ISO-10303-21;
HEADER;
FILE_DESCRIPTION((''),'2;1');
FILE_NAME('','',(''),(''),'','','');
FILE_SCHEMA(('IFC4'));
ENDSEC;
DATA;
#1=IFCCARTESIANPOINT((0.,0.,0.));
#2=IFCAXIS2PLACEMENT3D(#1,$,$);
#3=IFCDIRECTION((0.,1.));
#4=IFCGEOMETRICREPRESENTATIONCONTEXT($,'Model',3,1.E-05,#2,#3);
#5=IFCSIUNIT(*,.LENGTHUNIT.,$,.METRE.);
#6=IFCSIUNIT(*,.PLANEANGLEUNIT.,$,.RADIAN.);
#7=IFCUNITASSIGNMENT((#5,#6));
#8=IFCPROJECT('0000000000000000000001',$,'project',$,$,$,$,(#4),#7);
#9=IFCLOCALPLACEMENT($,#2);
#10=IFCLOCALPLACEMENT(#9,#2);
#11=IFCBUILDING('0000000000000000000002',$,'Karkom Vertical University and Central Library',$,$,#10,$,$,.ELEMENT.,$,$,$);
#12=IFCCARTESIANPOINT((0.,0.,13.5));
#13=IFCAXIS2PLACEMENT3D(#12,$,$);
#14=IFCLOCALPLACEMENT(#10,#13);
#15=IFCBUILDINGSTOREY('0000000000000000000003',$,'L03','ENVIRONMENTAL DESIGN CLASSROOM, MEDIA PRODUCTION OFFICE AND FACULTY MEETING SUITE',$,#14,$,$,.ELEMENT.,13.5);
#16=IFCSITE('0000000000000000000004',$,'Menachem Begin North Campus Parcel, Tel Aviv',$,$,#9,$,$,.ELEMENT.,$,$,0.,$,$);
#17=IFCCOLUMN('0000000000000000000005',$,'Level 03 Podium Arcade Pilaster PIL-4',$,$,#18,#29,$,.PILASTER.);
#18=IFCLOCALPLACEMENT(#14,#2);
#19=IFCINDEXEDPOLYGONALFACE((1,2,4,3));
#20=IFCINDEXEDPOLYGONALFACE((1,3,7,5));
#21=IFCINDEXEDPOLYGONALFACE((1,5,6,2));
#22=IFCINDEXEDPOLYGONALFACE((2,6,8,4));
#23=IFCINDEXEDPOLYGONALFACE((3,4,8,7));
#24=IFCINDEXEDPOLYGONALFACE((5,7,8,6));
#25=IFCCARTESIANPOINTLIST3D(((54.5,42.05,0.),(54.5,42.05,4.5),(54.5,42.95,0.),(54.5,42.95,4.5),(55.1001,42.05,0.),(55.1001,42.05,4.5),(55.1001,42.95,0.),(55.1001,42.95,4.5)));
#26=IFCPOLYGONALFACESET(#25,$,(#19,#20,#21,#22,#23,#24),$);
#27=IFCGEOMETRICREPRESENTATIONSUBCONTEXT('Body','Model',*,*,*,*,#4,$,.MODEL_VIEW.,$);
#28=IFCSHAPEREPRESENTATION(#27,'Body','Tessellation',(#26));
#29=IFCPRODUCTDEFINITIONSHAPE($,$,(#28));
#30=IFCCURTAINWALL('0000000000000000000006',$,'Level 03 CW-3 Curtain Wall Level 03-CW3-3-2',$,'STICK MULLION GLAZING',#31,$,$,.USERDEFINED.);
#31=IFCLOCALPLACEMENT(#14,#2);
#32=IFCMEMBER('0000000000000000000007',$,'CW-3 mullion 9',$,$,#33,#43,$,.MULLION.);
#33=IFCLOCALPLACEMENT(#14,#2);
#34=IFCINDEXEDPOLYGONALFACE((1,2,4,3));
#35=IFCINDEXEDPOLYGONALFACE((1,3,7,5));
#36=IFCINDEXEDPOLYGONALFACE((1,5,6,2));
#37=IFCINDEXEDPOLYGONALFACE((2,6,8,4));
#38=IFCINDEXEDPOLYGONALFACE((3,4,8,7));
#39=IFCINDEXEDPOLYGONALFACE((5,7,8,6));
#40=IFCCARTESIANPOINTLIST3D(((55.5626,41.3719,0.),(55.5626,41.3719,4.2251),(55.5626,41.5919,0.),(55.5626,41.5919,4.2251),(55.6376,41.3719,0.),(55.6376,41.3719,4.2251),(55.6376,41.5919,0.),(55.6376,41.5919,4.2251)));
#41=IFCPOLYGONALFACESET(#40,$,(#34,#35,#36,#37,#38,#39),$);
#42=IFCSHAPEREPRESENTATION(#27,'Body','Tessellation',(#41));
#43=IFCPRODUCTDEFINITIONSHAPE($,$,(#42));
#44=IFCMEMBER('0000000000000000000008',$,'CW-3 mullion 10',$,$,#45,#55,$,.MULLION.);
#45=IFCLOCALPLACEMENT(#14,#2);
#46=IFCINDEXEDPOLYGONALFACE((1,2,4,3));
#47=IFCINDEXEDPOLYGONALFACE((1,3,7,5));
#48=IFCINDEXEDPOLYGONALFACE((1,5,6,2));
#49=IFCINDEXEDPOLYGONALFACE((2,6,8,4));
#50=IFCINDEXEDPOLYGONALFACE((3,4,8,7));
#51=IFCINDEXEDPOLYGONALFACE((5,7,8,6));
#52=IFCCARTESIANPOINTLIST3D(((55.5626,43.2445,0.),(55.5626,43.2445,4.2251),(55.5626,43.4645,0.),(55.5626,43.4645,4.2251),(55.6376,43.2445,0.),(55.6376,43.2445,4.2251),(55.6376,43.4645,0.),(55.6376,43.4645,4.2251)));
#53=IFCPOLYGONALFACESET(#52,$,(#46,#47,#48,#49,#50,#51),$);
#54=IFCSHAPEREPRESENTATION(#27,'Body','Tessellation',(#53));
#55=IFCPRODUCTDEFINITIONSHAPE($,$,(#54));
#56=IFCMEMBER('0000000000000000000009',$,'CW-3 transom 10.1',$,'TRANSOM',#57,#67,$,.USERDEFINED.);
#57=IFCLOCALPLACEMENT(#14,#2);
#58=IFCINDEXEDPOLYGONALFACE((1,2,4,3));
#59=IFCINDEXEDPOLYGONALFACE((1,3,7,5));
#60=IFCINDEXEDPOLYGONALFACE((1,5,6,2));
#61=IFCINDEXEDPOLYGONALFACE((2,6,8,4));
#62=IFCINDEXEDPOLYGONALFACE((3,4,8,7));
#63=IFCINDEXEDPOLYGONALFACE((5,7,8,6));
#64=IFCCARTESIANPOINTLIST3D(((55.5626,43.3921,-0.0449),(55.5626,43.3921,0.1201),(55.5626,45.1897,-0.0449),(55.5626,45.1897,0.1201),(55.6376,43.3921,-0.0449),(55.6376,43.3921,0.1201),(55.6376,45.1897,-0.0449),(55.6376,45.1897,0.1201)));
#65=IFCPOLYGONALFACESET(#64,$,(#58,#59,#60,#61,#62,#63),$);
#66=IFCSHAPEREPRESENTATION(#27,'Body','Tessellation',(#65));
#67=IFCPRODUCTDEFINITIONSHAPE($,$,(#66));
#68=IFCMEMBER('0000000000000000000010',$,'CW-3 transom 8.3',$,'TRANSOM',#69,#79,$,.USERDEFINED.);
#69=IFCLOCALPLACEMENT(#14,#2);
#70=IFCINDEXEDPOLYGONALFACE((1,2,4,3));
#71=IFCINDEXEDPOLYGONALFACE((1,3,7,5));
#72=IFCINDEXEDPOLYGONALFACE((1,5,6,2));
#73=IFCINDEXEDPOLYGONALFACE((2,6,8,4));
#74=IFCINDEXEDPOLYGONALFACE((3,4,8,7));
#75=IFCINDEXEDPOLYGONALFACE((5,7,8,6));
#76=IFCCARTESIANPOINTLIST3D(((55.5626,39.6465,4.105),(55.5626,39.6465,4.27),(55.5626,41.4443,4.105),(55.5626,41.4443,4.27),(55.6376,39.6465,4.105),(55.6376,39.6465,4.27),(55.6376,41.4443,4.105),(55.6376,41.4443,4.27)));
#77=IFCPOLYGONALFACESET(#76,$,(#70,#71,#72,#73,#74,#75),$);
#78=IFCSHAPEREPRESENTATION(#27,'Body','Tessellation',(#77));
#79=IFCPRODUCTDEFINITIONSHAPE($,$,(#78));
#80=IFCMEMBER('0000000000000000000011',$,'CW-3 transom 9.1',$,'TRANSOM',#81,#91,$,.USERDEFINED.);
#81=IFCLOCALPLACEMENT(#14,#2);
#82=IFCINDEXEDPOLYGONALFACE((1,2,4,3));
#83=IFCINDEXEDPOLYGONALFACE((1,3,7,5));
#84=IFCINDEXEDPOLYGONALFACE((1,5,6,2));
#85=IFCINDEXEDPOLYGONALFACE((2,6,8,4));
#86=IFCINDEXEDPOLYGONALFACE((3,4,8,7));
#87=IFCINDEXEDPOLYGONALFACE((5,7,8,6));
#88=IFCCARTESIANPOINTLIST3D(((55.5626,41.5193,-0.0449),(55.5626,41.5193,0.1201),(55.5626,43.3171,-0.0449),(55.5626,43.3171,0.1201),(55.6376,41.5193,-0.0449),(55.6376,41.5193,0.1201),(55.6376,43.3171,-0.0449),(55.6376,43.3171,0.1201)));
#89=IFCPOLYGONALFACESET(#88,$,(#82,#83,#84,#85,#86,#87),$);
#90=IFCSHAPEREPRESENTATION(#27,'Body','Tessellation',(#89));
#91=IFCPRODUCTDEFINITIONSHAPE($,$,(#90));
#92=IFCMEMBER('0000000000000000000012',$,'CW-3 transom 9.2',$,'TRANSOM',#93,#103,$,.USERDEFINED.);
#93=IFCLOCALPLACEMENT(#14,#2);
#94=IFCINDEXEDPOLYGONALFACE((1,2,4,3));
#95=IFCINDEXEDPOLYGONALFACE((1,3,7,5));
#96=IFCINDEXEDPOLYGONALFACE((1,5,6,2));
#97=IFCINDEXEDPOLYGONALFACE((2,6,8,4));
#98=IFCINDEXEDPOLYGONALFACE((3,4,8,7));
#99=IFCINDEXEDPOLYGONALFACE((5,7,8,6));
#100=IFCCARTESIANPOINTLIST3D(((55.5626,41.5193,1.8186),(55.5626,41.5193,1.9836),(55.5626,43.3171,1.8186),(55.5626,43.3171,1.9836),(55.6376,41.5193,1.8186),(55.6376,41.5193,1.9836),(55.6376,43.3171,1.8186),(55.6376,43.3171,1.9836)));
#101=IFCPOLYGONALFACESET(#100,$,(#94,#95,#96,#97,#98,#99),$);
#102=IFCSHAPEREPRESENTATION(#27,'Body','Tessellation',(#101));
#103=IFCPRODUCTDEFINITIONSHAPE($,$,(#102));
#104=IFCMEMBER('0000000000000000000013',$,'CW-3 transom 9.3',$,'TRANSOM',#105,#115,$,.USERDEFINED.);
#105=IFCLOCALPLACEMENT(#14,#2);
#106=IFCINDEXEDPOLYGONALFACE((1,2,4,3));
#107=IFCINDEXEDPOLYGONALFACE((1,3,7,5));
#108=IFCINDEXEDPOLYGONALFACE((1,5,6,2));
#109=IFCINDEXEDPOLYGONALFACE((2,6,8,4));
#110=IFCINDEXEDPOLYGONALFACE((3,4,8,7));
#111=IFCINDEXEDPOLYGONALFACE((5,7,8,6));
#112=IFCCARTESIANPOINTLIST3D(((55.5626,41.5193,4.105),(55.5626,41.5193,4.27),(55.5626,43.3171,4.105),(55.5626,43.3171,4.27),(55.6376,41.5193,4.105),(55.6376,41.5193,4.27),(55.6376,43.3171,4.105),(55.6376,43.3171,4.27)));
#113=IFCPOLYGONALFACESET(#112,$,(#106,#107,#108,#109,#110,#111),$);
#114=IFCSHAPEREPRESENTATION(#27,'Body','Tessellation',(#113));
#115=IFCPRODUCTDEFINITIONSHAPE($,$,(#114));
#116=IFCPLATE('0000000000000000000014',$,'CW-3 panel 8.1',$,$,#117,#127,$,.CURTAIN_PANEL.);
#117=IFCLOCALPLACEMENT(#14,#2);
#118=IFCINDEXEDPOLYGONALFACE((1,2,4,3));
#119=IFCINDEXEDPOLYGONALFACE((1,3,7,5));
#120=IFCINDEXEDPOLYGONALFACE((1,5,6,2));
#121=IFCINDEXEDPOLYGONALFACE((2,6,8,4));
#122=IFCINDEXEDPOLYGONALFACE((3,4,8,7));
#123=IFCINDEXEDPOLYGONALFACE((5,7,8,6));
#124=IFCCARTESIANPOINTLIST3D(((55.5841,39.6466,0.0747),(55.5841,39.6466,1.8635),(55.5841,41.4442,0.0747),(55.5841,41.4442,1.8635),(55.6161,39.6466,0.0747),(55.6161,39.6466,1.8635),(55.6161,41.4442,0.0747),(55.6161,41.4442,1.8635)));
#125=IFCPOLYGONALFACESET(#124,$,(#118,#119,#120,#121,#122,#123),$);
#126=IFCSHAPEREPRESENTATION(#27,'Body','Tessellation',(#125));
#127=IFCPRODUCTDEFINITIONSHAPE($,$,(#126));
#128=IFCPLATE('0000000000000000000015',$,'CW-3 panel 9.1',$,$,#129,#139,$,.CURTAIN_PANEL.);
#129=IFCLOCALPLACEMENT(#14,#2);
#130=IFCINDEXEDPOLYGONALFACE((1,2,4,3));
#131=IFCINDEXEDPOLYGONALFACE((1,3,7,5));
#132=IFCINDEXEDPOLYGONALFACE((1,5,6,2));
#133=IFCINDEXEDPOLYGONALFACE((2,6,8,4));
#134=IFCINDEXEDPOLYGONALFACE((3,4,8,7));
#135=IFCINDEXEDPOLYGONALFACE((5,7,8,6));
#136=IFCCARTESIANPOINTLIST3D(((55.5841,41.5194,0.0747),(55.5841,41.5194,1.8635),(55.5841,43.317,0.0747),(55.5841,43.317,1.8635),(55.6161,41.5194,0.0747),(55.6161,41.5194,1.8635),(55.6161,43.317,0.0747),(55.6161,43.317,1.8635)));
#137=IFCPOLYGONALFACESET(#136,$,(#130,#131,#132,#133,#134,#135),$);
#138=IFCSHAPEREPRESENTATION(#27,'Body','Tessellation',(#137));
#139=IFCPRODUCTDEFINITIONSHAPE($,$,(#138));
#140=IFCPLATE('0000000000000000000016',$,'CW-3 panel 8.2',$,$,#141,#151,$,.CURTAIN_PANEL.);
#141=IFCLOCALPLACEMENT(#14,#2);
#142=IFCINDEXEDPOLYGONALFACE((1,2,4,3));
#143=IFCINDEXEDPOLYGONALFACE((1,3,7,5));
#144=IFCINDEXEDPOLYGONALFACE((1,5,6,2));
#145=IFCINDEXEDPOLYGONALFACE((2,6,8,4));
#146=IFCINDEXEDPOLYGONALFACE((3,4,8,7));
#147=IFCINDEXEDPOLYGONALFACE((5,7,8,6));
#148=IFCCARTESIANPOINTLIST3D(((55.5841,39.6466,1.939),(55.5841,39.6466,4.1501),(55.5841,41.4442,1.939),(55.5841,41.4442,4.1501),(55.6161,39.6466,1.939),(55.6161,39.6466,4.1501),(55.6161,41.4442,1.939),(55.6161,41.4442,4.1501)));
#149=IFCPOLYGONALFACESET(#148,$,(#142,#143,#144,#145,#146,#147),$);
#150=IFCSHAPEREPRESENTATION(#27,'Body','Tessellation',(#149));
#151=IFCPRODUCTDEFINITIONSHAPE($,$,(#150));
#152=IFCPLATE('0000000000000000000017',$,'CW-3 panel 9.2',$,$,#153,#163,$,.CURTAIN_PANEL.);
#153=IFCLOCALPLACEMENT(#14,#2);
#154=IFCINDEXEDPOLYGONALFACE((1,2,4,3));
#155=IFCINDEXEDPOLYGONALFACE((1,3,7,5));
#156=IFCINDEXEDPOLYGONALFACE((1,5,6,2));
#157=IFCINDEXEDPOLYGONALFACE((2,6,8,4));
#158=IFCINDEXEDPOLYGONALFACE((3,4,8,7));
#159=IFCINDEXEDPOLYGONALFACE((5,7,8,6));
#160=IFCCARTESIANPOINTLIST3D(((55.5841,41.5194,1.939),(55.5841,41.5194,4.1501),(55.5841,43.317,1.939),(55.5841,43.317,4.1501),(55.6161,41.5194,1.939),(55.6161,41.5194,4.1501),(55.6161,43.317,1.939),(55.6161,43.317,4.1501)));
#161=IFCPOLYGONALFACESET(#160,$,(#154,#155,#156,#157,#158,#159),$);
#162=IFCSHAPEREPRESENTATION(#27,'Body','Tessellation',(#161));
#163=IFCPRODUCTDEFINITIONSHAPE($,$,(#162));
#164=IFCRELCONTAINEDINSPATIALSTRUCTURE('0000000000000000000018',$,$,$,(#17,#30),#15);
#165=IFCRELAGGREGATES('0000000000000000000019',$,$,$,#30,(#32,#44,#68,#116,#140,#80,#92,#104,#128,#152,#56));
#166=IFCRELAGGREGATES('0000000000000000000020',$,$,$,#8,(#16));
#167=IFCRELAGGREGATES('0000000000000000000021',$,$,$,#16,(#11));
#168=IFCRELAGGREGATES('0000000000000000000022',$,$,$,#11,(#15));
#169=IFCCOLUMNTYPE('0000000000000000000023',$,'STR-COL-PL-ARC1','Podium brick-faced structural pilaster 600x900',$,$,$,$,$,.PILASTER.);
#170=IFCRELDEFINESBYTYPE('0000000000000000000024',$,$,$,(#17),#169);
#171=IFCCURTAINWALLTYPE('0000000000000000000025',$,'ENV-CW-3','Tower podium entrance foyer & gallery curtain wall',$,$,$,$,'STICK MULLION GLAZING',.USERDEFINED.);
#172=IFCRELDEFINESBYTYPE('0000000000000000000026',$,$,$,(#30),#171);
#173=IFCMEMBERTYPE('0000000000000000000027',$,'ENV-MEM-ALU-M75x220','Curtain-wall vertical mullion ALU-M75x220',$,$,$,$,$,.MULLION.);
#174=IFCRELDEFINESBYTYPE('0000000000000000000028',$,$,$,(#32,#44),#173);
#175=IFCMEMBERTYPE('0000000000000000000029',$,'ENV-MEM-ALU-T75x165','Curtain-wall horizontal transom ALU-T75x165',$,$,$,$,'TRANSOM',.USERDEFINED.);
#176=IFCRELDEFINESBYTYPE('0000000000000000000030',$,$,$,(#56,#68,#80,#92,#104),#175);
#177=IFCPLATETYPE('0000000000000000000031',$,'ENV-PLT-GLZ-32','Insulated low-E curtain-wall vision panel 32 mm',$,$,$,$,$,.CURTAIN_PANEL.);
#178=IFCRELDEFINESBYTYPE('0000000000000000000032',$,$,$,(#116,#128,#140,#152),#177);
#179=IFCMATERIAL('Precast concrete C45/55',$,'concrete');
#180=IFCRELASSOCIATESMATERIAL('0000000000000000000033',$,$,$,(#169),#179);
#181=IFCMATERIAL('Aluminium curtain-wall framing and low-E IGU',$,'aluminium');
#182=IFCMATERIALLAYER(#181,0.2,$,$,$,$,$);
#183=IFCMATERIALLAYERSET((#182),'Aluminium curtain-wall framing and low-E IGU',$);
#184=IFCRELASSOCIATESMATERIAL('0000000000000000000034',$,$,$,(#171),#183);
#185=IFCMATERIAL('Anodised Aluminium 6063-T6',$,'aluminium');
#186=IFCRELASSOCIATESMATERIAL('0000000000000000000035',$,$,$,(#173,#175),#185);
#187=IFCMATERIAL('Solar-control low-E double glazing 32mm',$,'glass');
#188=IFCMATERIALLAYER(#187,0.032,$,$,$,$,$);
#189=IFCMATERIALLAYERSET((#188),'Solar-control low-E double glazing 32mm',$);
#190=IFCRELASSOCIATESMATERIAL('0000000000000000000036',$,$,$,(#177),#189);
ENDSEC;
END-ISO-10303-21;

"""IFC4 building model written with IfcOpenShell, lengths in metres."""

from ifc_helpers import new_model, si_unit, direction, frame, origin, origin_with_axes, origin_2d, place, context, subcontext, project, spatial, rectangle, extrude, source, transform, mapped, material, layer, layer_set, material_profile, profile_set, type_object, element, aggregate, save


model = new_model("IFC4")

# Units and contexts
model_context = context("Model", 3, precision=1e-05, world=origin(), true_north=direction((0.0, 1.0)))
body_context = subcontext(model_context, "Body", "Model", "MODEL_VIEW")
ifc_project = project(units=[si_unit("LENGTHUNIT", "METRE"), si_unit("PLANEANGLEUNIT", "RADIAN")], contexts=[model_context])

# Site, building, storey
site_placement = place(None, origin())
site = spatial("IfcSite", under=ifc_project, at=site_placement, Name="Menachem Begin North Campus Parcel, Tel Aviv", CompositionType="ELEMENT", RefElevation=0.0)
building_placement = place(site_placement, origin())
building = spatial("IfcBuilding", under=site, at=building_placement, Name="Karkom Vertical University and Central Library", CompositionType="ELEMENT")
storey_placement = place(building_placement, frame((0.0, 0.0, 13.5)))
storey = spatial("IfcBuildingStorey", under=building, at=storey_placement, Name="L03", Description="ENVIRONMENTAL DESIGN CLASSROOM, MEDIA PRODUCTION OFFICE AND FACULTY MEETING SUITE", CompositionType="ELEMENT", Elevation=13.5)

# Column
ifc_material_1 = material(Name="Precast concrete C45/55", Category="concrete")
ifc_material_profile_1 = material_profile(ifc_material_1, rectangle(XDim=0.6001, YDim=0.8999, at=origin_2d()), Name="PIL-600x900")
ifc_profile_set_1 = profile_set([ifc_material_profile_1], Name="Precast concrete C45/55")
column_type = type_object("IfcColumnType", Name="STR-COL-PL-ARC1", Description="Podium brick-faced structural pilaster 600x900", PredefinedType="PILASTER", material=ifc_profile_set_1)
shared_shape_1 = source(origin_with_axes(), body_context, "Body", "SweptSolid", [
    extrude(rectangle(XDim=0.6001, YDim=0.8999, at=origin_2d()), origin(), (0.0, 0.0, 1.0), 4.5),
])
column_placement = place(storey_placement, frame((54.8, 42.5, 0.0), z_axis=(0.0, 0.0, 1.0), x_axis=(1.0, 0.0, 0.0)))
element("IfcColumn", 1, at=column_placement, inside=storey, type_object=column_type, Name="Level 03 Podium Arcade Pilaster PIL-4", PredefinedType="PILASTER", context=body_context, shape_type="MappedRepresentation", body=[
    mapped(shared_shape_1, transform((0.0, 0.0, 0.0), scale=1.0)),
])

# Curtain wall, members, plates
ifc_material_2 = material(Name="Aluminium curtain-wall framing and low-E IGU", Category="aluminium")
ifc_layer_1 = layer(ifc_material_2, 0.2)
ifc_layer_set_1 = layer_set([ifc_layer_1], Name="Aluminium curtain-wall framing and low-E IGU")
curtain_wall_type = type_object("IfcCurtainWallType", Name="ENV-CW-3", Description="Tower podium entrance foyer & gallery curtain wall", ElementType="STICK MULLION GLAZING", PredefinedType="USERDEFINED", material=ifc_layer_set_1)
curtain_wall_placement = place(storey_placement, origin())
curtain_wall = element("IfcCurtainWall", 2, at=curtain_wall_placement, inside=storey, type_object=curtain_wall_type, Name="Level 03 CW-3 Curtain Wall Level 03-CW3-3-2", ObjectType="STICK MULLION GLAZING", PredefinedType="USERDEFINED")
ifc_material_3 = material(Name="Anodised Aluminium 6063-T6", Category="aluminium")
ifc_material_profile_2 = material_profile(ifc_material_3, rectangle(XDim=0.075, YDim=0.22, at=origin_2d()), Name="ALU-M75x220")
ifc_profile_set_2 = profile_set([ifc_material_profile_2], Name="Anodised Aluminium 6063-T6")
member_type_1 = type_object("IfcMemberType", Name="ENV-MEM-ALU-M75x220", Description="Curtain-wall vertical mullion ALU-M75x220", PredefinedType="MULLION", material=ifc_profile_set_2)
shared_shape_2 = source(origin_with_axes(), body_context, "Body", "SweptSolid", [
    extrude(rectangle(XDim=0.075, YDim=0.22, at=origin_2d()), origin(), (0.0, 0.0, 1.0), 4.2251),
])
member_1_placement = place(storey_placement, frame((55.6001, 41.4819, 0.0), z_axis=(0.0, 0.0, 1.0), x_axis=(-1.0, 0.0, 0.0)))
member_1 = element("IfcMember", 3, at=member_1_placement, type_object=member_type_1, Name="CW-3 mullion 9", PredefinedType="MULLION", context=body_context, shape_type="MappedRepresentation", body=[
    mapped(shared_shape_2, transform((0.0, 0.0, 0.0), scale=1.0)),
])
member_2_placement = place(storey_placement, frame((55.6001, 43.3545, 0.0), z_axis=(0.0, 0.0, 1.0), x_axis=(-1.0, 0.0, 0.0)))
member_2 = element("IfcMember", 4, at=member_2_placement, type_object=member_type_1, Name="CW-3 mullion 10", PredefinedType="MULLION", context=body_context, shape_type="MappedRepresentation", body=[
    mapped(shared_shape_2, transform((0.0, 0.0, 0.0), scale=1.0)),
])
ifc_material_profile_3 = material_profile(ifc_material_3, rectangle(XDim=0.075, YDim=0.165, at=origin_2d()), Name="ALU-T75x165")
ifc_profile_set_3 = profile_set([ifc_material_profile_3], Name="Anodised Aluminium 6063-T6")
member_type_2 = type_object("IfcMemberType", Name="ENV-MEM-ALU-T75x165", Description="Curtain-wall horizontal transom ALU-T75x165", ElementType="TRANSOM", PredefinedType="USERDEFINED", material=ifc_profile_set_3)
shared_shape_3 = source(origin_with_axes(), body_context, "Body", "SweptSolid", [
    extrude(rectangle(XDim=0.075, YDim=0.165, at=origin_2d()), origin(), (0.0, 0.0, 1.0), 1.7976),
])
member_3_placement = place(storey_placement, frame((55.6001, 43.3921, 0.0376), z_axis=(0.0, 1.0, 0.0), x_axis=(-1.0, 0.0, 0.0)))
member_3 = element("IfcMember", 5, at=member_3_placement, type_object=member_type_2, Name="CW-3 transom 10.1", ObjectType="TRANSOM", PredefinedType="USERDEFINED", context=body_context, shape_type="MappedRepresentation", body=[
    mapped(shared_shape_3, transform((0.0, 0.0, 0.0), scale=1.0)),
])
shared_shape_4 = source(origin_with_axes(), body_context, "Body", "SweptSolid", [
    extrude(rectangle(XDim=0.075, YDim=0.165, at=origin_2d()), origin(), (0.0, 0.0, 1.0), 1.7979),
])
member_4_placement = place(storey_placement, frame((55.6001, 39.6465, 4.1875), z_axis=(0.0, 1.0, 0.0), x_axis=(-1.0, 0.0, 0.0)))
member_4 = element("IfcMember", 6, at=member_4_placement, type_object=member_type_2, Name="CW-3 transom 8.3", ObjectType="TRANSOM", PredefinedType="USERDEFINED", context=body_context, shape_type="MappedRepresentation", body=[
    mapped(shared_shape_4, transform((0.0, 0.0, 0.0), scale=1.0)),
])
member_5_placement = place(storey_placement, frame((55.6001, 41.5193, 0.0376), z_axis=(0.0, 1.0, 0.0), x_axis=(-1.0, 0.0, 0.0)))
member_5 = element("IfcMember", 7, at=member_5_placement, type_object=member_type_2, Name="CW-3 transom 9.1", ObjectType="TRANSOM", PredefinedType="USERDEFINED", context=body_context, shape_type="MappedRepresentation", body=[
    mapped(shared_shape_4, transform((0.0, 0.0, 0.0), scale=1.0)),
])
member_6_placement = place(storey_placement, frame((55.6001, 41.5193, 1.9011), z_axis=(0.0, 1.0, 0.0), x_axis=(-1.0, 0.0, 0.0)))
member_6 = element("IfcMember", 8, at=member_6_placement, type_object=member_type_2, Name="CW-3 transom 9.2", ObjectType="TRANSOM", PredefinedType="USERDEFINED", context=body_context, shape_type="MappedRepresentation", body=[
    mapped(shared_shape_4, transform((0.0, 0.0, 0.0), scale=1.0)),
])
member_7_placement = place(storey_placement, frame((55.6001, 41.5193, 4.1875), z_axis=(0.0, 1.0, 0.0), x_axis=(-1.0, 0.0, 0.0)))
member_7 = element("IfcMember", 9, at=member_7_placement, type_object=member_type_2, Name="CW-3 transom 9.3", ObjectType="TRANSOM", PredefinedType="USERDEFINED", context=body_context, shape_type="MappedRepresentation", body=[
    mapped(shared_shape_4, transform((0.0, 0.0, 0.0), scale=1.0)),
])
ifc_material_4 = material(Name="Solar-control low-E double glazing 32mm", Category="glass")
ifc_layer_2 = layer(ifc_material_4, 0.032)
ifc_layer_set_2 = layer_set([ifc_layer_2], Name="Solar-control low-E double glazing 32mm")
plate_type = type_object("IfcPlateType", Name="ENV-PLT-GLZ-32", Description="Insulated low-E curtain-wall vision panel 32 mm", PredefinedType="CURTAIN_PANEL", material=ifc_layer_set_2)
shared_shape_5 = source(origin_with_axes(), body_context, "Body", "SweptSolid", [
    extrude(rectangle(XDim=1.7976, YDim=0.032, at=origin_2d()), origin(), (0.0, 0.0, 1.0), 1.7888),
])
plate_1_placement = place(storey_placement, frame((55.6001, 40.5454, 0.0747), z_axis=(0.0, 0.0, 1.0), x_axis=(0.0, 1.0, 0.0)))
plate_1 = element("IfcPlate", 10, at=plate_1_placement, type_object=plate_type, Name="CW-3 panel 8.1", PredefinedType="CURTAIN_PANEL", context=body_context, shape_type="MappedRepresentation", body=[
    mapped(shared_shape_5, transform((0.0, 0.0, 0.0), scale=1.0)),
])
plate_2_placement = place(storey_placement, frame((55.6001, 42.4182, 0.0747), z_axis=(0.0, 0.0, 1.0), x_axis=(0.0, 1.0, 0.0)))
plate_2 = element("IfcPlate", 11, at=plate_2_placement, type_object=plate_type, Name="CW-3 panel 9.1", PredefinedType="CURTAIN_PANEL", context=body_context, shape_type="MappedRepresentation", body=[
    mapped(shared_shape_5, transform((0.0, 0.0, 0.0), scale=1.0)),
])
shared_shape_6 = source(origin_with_axes(), body_context, "Body", "SweptSolid", [
    extrude(rectangle(XDim=1.7976, YDim=0.032, at=origin_2d()), origin(), (0.0, 0.0, 1.0), 2.2112),
])
plate_3_placement = place(storey_placement, frame((55.6001, 40.5454, 1.939), z_axis=(0.0, 0.0, 1.0), x_axis=(0.0, 1.0, 0.0)))
plate_3 = element("IfcPlate", 12, at=plate_3_placement, type_object=plate_type, Name="CW-3 panel 8.2", PredefinedType="CURTAIN_PANEL", context=body_context, shape_type="MappedRepresentation", body=[
    mapped(shared_shape_6, transform((0.0, 0.0, 0.0), scale=1.0)),
])
plate_4_placement = place(storey_placement, frame((55.6001, 42.4182, 1.939), z_axis=(0.0, 0.0, 1.0), x_axis=(0.0, 1.0, 0.0)))
plate_4 = element("IfcPlate", 13, at=plate_4_placement, type_object=plate_type, Name="CW-3 panel 9.2", PredefinedType="CURTAIN_PANEL", context=body_context, shape_type="MappedRepresentation", body=[
    mapped(shared_shape_6, transform((0.0, 0.0, 0.0), scale=1.0)),
])
aggregate(curtain_wall, [member_1, member_2, member_4, plate_1, plate_3, member_5, member_6, member_7, plate_2, plate_4, member_3])

save(model, "model.ifc")
